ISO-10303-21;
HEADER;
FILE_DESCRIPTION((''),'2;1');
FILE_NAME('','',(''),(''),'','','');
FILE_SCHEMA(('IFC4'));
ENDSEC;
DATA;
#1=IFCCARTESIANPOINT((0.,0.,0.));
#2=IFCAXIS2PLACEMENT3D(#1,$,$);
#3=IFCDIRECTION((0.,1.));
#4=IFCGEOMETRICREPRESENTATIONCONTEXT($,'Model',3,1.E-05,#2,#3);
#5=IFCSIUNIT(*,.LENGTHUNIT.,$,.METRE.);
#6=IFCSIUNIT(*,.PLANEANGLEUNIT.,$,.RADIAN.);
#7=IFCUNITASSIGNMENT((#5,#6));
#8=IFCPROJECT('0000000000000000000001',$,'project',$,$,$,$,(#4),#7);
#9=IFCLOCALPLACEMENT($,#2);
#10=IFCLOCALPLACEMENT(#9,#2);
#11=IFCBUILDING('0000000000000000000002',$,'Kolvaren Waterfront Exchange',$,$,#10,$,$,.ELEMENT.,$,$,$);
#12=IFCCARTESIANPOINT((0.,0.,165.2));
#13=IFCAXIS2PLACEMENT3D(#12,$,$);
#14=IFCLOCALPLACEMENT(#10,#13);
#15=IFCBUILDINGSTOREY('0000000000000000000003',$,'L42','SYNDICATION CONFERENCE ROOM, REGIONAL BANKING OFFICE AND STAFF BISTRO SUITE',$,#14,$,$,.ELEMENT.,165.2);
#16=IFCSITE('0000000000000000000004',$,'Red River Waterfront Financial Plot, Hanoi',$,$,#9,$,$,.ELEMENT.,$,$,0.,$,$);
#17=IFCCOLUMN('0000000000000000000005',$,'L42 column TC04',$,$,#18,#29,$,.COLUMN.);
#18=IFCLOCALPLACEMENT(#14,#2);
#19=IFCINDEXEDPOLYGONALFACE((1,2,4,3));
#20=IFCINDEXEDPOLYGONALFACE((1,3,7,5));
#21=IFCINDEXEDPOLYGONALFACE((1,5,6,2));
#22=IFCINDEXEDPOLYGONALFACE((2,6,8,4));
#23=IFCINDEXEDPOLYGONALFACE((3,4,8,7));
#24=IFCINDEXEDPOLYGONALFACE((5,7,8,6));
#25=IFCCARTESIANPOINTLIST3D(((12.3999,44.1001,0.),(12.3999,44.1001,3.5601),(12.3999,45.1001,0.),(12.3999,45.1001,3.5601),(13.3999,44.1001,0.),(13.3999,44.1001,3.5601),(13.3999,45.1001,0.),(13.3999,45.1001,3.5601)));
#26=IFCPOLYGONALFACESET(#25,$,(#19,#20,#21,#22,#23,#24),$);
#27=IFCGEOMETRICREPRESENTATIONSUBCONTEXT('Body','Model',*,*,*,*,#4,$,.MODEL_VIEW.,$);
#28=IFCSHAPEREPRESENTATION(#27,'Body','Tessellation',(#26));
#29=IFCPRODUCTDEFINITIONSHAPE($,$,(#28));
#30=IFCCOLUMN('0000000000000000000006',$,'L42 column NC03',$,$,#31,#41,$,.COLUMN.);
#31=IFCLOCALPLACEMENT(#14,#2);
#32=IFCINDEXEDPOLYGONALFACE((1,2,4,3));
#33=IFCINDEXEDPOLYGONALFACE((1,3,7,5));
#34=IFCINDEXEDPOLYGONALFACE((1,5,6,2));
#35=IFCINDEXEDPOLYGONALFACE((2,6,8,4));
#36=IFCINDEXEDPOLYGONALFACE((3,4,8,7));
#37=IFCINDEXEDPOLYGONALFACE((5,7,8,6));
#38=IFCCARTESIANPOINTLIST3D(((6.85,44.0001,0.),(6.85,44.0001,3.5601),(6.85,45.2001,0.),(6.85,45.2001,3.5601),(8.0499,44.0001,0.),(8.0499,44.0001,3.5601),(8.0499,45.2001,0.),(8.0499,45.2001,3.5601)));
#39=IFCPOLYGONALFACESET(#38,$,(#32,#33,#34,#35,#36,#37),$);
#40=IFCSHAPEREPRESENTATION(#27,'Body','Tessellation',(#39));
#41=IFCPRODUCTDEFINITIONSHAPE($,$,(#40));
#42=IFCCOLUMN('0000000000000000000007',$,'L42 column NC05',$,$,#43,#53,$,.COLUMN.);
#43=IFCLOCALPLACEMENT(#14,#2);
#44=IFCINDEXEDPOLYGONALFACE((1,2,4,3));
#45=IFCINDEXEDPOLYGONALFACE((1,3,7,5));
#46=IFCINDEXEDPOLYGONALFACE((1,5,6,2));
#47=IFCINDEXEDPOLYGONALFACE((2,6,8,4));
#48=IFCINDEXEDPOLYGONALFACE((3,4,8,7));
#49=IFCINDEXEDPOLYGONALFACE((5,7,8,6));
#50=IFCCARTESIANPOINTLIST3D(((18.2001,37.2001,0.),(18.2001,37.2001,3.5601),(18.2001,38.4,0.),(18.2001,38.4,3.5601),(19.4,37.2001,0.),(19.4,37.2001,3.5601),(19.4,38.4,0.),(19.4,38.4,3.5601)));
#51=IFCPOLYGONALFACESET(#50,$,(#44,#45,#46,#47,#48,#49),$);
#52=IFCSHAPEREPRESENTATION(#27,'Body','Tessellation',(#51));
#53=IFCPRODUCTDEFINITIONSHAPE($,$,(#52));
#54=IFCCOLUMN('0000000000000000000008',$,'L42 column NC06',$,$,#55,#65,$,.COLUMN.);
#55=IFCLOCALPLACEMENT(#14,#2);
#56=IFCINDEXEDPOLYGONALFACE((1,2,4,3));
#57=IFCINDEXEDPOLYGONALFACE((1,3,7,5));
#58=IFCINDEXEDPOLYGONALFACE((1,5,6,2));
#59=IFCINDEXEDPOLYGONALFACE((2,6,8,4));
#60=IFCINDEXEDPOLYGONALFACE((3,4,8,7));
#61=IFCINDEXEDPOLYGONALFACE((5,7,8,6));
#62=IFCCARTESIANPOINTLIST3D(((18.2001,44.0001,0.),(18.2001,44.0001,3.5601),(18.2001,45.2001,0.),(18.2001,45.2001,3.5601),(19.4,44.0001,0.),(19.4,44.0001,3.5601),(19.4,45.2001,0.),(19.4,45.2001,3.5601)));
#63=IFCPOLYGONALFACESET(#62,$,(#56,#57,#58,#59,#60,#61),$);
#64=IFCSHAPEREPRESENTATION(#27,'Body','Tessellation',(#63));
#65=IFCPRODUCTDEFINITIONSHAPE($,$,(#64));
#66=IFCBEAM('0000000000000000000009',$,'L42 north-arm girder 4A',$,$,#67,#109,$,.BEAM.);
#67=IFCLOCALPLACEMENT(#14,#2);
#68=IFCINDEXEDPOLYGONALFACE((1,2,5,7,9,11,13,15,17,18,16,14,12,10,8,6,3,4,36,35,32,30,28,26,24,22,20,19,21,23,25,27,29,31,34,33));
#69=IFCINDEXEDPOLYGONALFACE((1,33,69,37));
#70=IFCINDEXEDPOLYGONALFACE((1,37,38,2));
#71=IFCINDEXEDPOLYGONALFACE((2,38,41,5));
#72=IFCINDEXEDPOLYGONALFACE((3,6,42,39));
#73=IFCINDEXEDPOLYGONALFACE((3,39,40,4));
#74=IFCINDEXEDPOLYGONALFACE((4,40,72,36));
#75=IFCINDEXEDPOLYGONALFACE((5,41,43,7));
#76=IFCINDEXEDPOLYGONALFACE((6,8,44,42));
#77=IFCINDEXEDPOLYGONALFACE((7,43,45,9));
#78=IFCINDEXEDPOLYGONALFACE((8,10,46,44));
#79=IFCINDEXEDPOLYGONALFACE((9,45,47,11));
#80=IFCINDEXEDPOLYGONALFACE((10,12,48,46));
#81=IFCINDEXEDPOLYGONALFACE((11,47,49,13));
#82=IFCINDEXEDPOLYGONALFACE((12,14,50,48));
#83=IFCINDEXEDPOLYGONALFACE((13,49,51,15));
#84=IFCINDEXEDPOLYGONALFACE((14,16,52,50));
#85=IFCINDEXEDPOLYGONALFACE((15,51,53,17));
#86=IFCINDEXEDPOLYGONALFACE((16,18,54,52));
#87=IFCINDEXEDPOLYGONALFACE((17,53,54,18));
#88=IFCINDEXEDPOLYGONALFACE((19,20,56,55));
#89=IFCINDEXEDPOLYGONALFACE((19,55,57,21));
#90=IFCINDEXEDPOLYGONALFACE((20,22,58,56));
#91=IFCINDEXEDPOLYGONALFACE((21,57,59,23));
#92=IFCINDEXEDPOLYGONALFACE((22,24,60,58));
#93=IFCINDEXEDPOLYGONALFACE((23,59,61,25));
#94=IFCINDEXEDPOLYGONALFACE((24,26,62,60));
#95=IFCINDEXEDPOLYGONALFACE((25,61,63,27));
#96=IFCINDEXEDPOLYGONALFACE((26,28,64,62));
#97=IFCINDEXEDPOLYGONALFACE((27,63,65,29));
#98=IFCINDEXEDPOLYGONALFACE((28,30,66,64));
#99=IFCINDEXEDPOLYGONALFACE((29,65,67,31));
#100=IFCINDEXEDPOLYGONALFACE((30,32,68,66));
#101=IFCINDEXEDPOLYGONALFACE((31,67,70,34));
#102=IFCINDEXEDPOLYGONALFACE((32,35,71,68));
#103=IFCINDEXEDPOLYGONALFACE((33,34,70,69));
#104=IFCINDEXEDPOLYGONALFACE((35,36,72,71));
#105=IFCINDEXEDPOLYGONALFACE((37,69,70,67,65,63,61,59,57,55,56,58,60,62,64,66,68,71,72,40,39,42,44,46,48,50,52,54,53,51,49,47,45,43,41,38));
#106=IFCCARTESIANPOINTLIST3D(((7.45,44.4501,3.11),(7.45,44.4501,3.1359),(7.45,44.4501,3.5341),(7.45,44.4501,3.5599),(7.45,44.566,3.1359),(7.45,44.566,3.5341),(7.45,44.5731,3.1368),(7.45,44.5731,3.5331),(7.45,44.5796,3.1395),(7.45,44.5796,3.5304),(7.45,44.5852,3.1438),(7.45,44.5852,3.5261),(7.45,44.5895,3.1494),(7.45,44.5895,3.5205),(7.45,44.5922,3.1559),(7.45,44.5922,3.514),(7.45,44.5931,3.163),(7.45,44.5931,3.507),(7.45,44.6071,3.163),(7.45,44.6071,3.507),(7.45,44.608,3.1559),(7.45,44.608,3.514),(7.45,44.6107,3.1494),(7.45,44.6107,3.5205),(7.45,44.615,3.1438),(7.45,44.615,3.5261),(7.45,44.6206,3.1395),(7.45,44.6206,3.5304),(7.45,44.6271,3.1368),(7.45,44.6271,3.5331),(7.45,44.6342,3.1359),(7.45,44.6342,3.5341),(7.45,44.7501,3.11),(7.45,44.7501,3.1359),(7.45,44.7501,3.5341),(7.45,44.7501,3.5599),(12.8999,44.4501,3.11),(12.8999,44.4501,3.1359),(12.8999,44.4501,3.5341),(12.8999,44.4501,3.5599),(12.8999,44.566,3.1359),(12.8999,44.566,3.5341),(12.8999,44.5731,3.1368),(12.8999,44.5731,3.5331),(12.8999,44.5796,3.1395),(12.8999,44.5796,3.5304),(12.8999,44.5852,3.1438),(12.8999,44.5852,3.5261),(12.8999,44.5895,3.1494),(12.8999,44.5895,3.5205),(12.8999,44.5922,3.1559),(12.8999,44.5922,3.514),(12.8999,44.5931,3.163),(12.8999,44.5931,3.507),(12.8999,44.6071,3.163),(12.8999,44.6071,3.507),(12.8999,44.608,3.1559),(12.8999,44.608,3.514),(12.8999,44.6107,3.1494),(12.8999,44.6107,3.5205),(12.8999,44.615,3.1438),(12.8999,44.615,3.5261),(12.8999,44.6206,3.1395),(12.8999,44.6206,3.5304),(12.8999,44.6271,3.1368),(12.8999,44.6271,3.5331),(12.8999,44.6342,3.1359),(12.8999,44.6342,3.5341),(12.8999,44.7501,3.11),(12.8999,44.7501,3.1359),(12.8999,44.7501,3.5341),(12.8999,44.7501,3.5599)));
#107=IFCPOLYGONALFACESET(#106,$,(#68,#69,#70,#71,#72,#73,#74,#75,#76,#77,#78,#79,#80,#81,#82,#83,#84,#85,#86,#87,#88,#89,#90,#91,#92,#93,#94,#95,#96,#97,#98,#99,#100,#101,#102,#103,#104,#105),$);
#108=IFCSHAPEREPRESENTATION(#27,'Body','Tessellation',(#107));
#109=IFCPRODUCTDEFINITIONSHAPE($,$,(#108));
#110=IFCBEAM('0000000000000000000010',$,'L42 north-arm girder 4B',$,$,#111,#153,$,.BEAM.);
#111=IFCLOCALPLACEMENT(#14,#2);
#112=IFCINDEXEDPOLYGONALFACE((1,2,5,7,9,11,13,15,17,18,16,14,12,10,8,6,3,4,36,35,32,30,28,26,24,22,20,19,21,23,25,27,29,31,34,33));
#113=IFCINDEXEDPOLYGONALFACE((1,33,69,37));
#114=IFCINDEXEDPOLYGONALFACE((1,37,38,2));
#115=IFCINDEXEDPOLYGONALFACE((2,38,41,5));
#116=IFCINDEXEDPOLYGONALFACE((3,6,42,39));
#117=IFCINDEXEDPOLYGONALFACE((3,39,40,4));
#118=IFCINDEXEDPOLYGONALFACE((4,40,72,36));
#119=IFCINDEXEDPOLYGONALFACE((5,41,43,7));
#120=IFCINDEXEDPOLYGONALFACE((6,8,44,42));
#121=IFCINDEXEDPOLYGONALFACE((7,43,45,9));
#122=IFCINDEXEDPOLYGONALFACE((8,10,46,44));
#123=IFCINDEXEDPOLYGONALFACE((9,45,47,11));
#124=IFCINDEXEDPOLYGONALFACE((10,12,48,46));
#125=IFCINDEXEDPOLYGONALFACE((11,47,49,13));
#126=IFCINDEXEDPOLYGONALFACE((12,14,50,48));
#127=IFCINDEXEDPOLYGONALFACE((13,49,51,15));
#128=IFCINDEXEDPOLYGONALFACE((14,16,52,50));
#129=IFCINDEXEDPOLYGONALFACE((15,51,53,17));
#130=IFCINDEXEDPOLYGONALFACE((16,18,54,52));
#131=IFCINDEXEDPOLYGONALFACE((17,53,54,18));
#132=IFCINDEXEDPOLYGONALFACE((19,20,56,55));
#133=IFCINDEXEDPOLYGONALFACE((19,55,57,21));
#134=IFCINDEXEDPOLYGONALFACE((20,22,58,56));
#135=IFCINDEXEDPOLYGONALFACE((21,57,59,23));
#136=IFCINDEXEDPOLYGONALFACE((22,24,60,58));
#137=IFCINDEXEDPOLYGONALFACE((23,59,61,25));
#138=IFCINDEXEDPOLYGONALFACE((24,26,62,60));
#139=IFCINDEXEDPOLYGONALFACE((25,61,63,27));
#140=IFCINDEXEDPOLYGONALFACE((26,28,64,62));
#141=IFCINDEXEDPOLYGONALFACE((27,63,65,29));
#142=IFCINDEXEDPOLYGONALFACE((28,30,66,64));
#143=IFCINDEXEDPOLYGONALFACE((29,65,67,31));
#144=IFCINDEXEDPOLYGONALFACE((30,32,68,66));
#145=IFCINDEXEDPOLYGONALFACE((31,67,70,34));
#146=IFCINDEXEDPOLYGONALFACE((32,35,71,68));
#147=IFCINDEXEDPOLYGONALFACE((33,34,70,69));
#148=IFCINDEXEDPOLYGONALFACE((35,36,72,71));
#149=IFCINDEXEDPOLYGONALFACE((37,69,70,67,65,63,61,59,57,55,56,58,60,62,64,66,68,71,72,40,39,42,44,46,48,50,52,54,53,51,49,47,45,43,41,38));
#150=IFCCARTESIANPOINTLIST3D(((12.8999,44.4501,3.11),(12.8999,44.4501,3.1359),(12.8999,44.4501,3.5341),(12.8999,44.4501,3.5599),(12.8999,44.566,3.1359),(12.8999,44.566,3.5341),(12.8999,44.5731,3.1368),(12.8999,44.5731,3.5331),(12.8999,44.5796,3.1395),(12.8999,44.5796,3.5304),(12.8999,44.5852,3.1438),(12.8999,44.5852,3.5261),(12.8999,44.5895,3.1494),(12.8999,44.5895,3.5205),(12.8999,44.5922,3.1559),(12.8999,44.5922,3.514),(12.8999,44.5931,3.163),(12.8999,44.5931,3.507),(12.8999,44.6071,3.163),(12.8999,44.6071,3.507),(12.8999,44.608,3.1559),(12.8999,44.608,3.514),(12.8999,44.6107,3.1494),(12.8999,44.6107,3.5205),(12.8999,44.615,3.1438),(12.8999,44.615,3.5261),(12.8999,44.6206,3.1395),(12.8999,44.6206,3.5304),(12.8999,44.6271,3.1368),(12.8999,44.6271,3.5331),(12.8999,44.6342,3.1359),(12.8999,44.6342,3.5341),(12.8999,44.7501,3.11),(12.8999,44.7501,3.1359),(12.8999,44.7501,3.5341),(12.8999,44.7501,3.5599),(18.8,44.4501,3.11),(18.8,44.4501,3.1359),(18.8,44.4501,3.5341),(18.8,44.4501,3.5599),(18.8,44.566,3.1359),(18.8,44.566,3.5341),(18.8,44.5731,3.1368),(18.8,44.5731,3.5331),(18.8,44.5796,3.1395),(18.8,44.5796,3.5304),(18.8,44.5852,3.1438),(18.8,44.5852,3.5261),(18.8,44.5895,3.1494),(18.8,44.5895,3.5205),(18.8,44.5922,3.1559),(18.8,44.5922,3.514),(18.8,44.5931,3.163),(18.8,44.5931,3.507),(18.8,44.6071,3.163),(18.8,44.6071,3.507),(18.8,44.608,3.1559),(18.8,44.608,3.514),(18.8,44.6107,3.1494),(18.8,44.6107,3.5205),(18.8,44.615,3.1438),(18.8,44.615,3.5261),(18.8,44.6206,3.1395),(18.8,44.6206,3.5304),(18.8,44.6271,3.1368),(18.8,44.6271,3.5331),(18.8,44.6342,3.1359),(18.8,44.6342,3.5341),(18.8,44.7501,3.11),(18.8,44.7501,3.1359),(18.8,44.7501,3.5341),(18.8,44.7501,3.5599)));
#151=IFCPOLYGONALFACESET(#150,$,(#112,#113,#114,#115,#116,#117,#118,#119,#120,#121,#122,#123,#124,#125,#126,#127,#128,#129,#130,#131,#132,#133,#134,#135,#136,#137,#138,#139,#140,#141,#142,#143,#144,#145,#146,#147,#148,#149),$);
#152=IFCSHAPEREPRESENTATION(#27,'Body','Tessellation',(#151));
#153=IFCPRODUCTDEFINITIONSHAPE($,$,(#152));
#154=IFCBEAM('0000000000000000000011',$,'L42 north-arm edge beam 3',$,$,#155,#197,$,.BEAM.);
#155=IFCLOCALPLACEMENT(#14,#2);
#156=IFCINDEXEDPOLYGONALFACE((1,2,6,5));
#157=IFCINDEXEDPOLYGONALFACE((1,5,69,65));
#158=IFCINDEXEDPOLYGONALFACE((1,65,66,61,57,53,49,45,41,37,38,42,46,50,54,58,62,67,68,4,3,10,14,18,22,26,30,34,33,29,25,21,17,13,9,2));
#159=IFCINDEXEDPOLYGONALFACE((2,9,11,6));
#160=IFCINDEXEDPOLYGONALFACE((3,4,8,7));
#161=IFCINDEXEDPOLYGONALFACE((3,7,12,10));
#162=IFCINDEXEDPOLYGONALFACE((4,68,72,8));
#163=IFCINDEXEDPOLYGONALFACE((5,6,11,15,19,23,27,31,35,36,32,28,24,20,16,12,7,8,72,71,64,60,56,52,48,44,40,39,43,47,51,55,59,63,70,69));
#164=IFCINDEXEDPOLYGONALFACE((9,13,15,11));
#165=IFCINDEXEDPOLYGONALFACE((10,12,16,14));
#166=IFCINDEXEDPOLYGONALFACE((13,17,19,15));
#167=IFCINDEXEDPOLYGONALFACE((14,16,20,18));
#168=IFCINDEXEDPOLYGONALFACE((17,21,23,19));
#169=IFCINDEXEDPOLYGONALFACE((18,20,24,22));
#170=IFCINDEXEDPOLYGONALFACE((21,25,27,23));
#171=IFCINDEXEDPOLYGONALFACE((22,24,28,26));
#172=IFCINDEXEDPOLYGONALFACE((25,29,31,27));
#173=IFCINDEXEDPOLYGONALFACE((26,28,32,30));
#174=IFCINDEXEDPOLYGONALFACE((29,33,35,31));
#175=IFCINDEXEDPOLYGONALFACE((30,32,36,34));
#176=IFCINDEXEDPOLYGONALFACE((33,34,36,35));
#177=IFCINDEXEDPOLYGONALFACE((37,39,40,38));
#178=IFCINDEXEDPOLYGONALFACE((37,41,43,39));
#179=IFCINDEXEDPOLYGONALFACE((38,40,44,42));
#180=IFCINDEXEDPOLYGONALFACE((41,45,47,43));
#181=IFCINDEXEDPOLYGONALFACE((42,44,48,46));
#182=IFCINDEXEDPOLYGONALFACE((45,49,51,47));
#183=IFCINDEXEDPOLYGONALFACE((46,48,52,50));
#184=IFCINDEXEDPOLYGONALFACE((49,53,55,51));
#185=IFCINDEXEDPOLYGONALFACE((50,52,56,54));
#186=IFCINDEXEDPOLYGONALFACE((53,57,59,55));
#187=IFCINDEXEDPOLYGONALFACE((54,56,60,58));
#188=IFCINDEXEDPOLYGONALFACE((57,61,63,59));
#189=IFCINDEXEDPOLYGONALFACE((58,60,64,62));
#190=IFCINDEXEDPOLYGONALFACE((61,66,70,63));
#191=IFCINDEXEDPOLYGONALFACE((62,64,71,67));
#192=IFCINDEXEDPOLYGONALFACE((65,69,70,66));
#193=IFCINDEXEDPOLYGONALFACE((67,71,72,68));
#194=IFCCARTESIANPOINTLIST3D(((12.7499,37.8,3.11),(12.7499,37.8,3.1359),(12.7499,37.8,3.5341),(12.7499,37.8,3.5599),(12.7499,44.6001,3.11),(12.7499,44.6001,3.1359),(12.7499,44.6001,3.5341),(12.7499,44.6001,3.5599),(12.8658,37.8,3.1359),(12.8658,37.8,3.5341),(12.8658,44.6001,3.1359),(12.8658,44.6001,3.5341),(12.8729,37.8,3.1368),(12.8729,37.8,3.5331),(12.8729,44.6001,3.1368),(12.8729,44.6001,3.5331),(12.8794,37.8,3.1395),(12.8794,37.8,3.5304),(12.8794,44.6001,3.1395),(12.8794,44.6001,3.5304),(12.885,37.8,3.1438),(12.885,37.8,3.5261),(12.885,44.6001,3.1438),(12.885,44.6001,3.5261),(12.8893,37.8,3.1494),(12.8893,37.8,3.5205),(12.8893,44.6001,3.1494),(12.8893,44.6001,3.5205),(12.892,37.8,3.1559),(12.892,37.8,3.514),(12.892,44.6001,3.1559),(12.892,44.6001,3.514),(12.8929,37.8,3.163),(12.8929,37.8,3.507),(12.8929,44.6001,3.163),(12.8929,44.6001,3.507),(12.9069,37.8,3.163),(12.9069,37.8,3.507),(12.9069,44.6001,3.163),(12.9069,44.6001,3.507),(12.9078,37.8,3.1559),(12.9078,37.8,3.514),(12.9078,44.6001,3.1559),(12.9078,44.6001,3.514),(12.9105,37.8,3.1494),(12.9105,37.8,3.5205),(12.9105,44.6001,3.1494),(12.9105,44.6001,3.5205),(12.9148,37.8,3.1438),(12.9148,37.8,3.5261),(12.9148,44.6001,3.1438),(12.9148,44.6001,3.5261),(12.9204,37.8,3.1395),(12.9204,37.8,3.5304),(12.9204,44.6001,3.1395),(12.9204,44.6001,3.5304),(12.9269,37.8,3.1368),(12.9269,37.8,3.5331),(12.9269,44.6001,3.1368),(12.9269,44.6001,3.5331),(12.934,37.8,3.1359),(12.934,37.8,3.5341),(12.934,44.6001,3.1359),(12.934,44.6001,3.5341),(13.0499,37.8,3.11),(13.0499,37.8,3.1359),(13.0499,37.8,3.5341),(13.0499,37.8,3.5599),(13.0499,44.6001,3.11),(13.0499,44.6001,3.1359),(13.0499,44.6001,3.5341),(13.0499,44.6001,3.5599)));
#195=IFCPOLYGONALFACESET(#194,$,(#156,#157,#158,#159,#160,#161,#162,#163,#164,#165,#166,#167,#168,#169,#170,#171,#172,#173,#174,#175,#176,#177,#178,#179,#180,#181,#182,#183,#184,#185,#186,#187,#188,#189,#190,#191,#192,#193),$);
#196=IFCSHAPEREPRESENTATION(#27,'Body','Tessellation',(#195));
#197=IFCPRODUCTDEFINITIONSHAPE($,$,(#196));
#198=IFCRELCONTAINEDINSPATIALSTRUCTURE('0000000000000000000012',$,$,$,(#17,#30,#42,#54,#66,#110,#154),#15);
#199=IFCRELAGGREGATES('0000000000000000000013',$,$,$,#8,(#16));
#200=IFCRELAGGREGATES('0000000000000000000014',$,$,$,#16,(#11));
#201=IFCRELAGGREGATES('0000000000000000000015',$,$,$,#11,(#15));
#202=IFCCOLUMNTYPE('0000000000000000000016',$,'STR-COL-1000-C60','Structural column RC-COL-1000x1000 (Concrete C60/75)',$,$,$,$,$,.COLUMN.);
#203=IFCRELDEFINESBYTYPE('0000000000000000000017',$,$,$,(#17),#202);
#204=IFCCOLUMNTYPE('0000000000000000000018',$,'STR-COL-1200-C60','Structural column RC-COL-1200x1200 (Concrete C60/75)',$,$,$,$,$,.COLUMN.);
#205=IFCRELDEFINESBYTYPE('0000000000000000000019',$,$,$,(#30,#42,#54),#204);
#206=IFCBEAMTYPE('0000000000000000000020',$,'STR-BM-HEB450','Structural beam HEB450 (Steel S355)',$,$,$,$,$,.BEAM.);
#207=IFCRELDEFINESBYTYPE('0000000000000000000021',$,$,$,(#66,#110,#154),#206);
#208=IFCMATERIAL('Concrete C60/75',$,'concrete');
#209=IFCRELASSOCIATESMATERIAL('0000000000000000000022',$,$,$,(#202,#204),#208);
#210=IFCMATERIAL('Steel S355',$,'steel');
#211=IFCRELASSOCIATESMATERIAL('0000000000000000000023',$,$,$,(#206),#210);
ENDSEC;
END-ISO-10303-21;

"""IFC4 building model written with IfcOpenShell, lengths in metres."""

from ifc_helpers import new_model, si_unit, direction, frame, origin, origin_2d, place, context, subcontext, project, spatial, rectangle, i_section, extrude, material, material_profile, profile_set, type_object, element, save


model = new_model("IFC4")

# Units and contexts
model_context = context("Model", 3, precision=1e-05, world=origin(), true_north=direction((0.0, 1.0)))
body_context = subcontext(model_context, "Body", "Model", "MODEL_VIEW")
ifc_project = project(units=[si_unit("LENGTHUNIT", "METRE"), si_unit("PLANEANGLEUNIT", "RADIAN")], contexts=[model_context])

# Site, building, storey
site_placement = place(None, origin())
site = spatial("IfcSite", under=ifc_project, at=site_placement, Name="Red River Waterfront Financial Plot, Hanoi", CompositionType="ELEMENT", RefElevation=0.0)
building_placement = place(site_placement, origin())
building = spatial("IfcBuilding", under=site, at=building_placement, Name="Kolvaren Waterfront Exchange", CompositionType="ELEMENT")
storey_placement = place(building_placement, frame((0.0, 0.0, 165.2)))
storey = spatial("IfcBuildingStorey", under=building, at=storey_placement, Name="L42", Description="SYNDICATION CONFERENCE ROOM, REGIONAL BANKING OFFICE AND STAFF BISTRO SUITE", CompositionType="ELEMENT", Elevation=165.2)

# Columns
ifc_material_1 = material(Name="Concrete C60/75", Category="concrete")
ifc_material_profile_1 = material_profile(ifc_material_1, rectangle(XDim=1.0, YDim=1.0, at=origin_2d()), Name="RC-COL-1000x1000")
ifc_profile_set_1 = profile_set([ifc_material_profile_1], Name="Concrete C60/75")
column_type_1 = type_object("IfcColumnType", Name="STR-COL-1000-C60", Description="Structural column RC-COL-1000x1000 (Concrete C60/75)", PredefinedType="COLUMN", material=ifc_profile_set_1)
column_placement = place(storey_placement, frame((12.8999, 44.6001, 0.0), z_axis=(0.0, 0.0, 1.0), x_axis=(1.0, 0.0, 0.0)))
element("IfcColumn", 1, at=column_placement, inside=storey, type_object=column_type_1, Name="L42 column TC04", PredefinedType="COLUMN", context=body_context, shape_type="SweptSolid", body=[
    extrude(rectangle(XDim=1.0, YDim=1.0, at=origin_2d()), origin(), (0.0, 0.0, 1.0), 3.5601),
])
ifc_material_profile_2 = material_profile(ifc_material_1, rectangle(XDim=1.2, YDim=1.2, at=origin_2d()), Name="RC-COL-1200x1200")
ifc_profile_set_2 = profile_set([ifc_material_profile_2], Name="Concrete C60/75")
column_type_2 = type_object("IfcColumnType", Name="STR-COL-1200-C60", Description="Structural column RC-COL-1200x1200 (Concrete C60/75)", PredefinedType="COLUMN", material=ifc_profile_set_2)
for number, where, z_axis, x_axis, name in (
    (2, (7.45, 44.6001, 0.0), (0.0, 0.0, 1.0), (1.0, 0.0, 0.0), "L42 column NC03"),
    (3, (18.8, 37.8, 0.0), (0.0, 0.0, 1.0), (1.0, 0.0, 0.0), "L42 column NC05"),
    (4, (18.8, 44.6001, 0.0), (0.0, 0.0, 1.0), (1.0, 0.0, 0.0), "L42 column NC06"),
):
    element("IfcColumn", number, at=place(storey_placement, frame(where, z_axis=z_axis, x_axis=x_axis)), inside=storey, type_object=column_type_2, Name=name, PredefinedType="COLUMN", context=body_context, shape_type="SweptSolid", body=[
        extrude(rectangle(XDim=1.2, YDim=1.2, at=origin_2d()), origin(), (0.0, 0.0, 1.0), 3.5601),
    ])

# Beams
ifc_material_2 = material(Name="Steel S355", Category="steel")
ifc_material_profile_3 = material_profile(ifc_material_2, i_section(OverallWidth=0.3, OverallDepth=0.45, WebThickness=0.0139, FlangeThickness=0.0259, FilletRadius=0.0271, at=origin_2d()), Name="HEB450")
ifc_profile_set_3 = profile_set([ifc_material_profile_3], Name="Steel S355")
beam_type_1 = type_object("IfcBeamType", Name="STR-BM-HEB450", Description="Structural beam HEB450 (Steel S355)", PredefinedType="BEAM", material=ifc_profile_set_3)
beam_1_placement = place(storey_placement, frame((7.45, 44.6001, 3.335), z_axis=(1.0, 0.0, 0.0), x_axis=(0.0, 1.0, 0.0)))
element("IfcBeam", 5, at=beam_1_placement, inside=storey, type_object=beam_type_1, Name="L42 north-arm girder 4A", PredefinedType="BEAM", context=body_context, shape_type="SweptSolid", body=[
    extrude(i_section(OverallWidth=0.3, OverallDepth=0.45, WebThickness=0.0139, FlangeThickness=0.0259, FilletRadius=0.0271, at=origin_2d()), origin(), (0.0, 0.0, 1.0), 5.45),
])
beam_2_placement = place(storey_placement, frame((12.8999, 44.6001, 3.335), z_axis=(1.0, 0.0, 0.0), x_axis=(0.0, 1.0, 0.0)))
element("IfcBeam", 6, at=beam_2_placement, inside=storey, type_object=beam_type_1, Name="L42 north-arm girder 4B", PredefinedType="BEAM", context=body_context, shape_type="SweptSolid", body=[
    extrude(i_section(OverallWidth=0.3, OverallDepth=0.45, WebThickness=0.0139, FlangeThickness=0.0259, FilletRadius=0.0271, at=origin_2d()), origin(), (0.0, 0.0, 1.0), 5.9001),
])
beam_3_placement = place(storey_placement, frame((12.8999, 37.8, 3.335), z_axis=(0.0, 1.0, 0.0), x_axis=(-1.0, 0.0, 0.0)))
element("IfcBeam", 7, at=beam_3_placement, inside=storey, type_object=beam_type_1, Name="L42 north-arm edge beam 3", PredefinedType="BEAM", context=body_context, shape_type="SweptSolid", body=[
    extrude(i_section(OverallWidth=0.3, OverallDepth=0.45, WebThickness=0.0139, FlangeThickness=0.0259, FilletRadius=0.0271, at=origin_2d()), origin(), (0.0, 0.0, 1.0), 6.8),
])

save(model, "model.ifc")
